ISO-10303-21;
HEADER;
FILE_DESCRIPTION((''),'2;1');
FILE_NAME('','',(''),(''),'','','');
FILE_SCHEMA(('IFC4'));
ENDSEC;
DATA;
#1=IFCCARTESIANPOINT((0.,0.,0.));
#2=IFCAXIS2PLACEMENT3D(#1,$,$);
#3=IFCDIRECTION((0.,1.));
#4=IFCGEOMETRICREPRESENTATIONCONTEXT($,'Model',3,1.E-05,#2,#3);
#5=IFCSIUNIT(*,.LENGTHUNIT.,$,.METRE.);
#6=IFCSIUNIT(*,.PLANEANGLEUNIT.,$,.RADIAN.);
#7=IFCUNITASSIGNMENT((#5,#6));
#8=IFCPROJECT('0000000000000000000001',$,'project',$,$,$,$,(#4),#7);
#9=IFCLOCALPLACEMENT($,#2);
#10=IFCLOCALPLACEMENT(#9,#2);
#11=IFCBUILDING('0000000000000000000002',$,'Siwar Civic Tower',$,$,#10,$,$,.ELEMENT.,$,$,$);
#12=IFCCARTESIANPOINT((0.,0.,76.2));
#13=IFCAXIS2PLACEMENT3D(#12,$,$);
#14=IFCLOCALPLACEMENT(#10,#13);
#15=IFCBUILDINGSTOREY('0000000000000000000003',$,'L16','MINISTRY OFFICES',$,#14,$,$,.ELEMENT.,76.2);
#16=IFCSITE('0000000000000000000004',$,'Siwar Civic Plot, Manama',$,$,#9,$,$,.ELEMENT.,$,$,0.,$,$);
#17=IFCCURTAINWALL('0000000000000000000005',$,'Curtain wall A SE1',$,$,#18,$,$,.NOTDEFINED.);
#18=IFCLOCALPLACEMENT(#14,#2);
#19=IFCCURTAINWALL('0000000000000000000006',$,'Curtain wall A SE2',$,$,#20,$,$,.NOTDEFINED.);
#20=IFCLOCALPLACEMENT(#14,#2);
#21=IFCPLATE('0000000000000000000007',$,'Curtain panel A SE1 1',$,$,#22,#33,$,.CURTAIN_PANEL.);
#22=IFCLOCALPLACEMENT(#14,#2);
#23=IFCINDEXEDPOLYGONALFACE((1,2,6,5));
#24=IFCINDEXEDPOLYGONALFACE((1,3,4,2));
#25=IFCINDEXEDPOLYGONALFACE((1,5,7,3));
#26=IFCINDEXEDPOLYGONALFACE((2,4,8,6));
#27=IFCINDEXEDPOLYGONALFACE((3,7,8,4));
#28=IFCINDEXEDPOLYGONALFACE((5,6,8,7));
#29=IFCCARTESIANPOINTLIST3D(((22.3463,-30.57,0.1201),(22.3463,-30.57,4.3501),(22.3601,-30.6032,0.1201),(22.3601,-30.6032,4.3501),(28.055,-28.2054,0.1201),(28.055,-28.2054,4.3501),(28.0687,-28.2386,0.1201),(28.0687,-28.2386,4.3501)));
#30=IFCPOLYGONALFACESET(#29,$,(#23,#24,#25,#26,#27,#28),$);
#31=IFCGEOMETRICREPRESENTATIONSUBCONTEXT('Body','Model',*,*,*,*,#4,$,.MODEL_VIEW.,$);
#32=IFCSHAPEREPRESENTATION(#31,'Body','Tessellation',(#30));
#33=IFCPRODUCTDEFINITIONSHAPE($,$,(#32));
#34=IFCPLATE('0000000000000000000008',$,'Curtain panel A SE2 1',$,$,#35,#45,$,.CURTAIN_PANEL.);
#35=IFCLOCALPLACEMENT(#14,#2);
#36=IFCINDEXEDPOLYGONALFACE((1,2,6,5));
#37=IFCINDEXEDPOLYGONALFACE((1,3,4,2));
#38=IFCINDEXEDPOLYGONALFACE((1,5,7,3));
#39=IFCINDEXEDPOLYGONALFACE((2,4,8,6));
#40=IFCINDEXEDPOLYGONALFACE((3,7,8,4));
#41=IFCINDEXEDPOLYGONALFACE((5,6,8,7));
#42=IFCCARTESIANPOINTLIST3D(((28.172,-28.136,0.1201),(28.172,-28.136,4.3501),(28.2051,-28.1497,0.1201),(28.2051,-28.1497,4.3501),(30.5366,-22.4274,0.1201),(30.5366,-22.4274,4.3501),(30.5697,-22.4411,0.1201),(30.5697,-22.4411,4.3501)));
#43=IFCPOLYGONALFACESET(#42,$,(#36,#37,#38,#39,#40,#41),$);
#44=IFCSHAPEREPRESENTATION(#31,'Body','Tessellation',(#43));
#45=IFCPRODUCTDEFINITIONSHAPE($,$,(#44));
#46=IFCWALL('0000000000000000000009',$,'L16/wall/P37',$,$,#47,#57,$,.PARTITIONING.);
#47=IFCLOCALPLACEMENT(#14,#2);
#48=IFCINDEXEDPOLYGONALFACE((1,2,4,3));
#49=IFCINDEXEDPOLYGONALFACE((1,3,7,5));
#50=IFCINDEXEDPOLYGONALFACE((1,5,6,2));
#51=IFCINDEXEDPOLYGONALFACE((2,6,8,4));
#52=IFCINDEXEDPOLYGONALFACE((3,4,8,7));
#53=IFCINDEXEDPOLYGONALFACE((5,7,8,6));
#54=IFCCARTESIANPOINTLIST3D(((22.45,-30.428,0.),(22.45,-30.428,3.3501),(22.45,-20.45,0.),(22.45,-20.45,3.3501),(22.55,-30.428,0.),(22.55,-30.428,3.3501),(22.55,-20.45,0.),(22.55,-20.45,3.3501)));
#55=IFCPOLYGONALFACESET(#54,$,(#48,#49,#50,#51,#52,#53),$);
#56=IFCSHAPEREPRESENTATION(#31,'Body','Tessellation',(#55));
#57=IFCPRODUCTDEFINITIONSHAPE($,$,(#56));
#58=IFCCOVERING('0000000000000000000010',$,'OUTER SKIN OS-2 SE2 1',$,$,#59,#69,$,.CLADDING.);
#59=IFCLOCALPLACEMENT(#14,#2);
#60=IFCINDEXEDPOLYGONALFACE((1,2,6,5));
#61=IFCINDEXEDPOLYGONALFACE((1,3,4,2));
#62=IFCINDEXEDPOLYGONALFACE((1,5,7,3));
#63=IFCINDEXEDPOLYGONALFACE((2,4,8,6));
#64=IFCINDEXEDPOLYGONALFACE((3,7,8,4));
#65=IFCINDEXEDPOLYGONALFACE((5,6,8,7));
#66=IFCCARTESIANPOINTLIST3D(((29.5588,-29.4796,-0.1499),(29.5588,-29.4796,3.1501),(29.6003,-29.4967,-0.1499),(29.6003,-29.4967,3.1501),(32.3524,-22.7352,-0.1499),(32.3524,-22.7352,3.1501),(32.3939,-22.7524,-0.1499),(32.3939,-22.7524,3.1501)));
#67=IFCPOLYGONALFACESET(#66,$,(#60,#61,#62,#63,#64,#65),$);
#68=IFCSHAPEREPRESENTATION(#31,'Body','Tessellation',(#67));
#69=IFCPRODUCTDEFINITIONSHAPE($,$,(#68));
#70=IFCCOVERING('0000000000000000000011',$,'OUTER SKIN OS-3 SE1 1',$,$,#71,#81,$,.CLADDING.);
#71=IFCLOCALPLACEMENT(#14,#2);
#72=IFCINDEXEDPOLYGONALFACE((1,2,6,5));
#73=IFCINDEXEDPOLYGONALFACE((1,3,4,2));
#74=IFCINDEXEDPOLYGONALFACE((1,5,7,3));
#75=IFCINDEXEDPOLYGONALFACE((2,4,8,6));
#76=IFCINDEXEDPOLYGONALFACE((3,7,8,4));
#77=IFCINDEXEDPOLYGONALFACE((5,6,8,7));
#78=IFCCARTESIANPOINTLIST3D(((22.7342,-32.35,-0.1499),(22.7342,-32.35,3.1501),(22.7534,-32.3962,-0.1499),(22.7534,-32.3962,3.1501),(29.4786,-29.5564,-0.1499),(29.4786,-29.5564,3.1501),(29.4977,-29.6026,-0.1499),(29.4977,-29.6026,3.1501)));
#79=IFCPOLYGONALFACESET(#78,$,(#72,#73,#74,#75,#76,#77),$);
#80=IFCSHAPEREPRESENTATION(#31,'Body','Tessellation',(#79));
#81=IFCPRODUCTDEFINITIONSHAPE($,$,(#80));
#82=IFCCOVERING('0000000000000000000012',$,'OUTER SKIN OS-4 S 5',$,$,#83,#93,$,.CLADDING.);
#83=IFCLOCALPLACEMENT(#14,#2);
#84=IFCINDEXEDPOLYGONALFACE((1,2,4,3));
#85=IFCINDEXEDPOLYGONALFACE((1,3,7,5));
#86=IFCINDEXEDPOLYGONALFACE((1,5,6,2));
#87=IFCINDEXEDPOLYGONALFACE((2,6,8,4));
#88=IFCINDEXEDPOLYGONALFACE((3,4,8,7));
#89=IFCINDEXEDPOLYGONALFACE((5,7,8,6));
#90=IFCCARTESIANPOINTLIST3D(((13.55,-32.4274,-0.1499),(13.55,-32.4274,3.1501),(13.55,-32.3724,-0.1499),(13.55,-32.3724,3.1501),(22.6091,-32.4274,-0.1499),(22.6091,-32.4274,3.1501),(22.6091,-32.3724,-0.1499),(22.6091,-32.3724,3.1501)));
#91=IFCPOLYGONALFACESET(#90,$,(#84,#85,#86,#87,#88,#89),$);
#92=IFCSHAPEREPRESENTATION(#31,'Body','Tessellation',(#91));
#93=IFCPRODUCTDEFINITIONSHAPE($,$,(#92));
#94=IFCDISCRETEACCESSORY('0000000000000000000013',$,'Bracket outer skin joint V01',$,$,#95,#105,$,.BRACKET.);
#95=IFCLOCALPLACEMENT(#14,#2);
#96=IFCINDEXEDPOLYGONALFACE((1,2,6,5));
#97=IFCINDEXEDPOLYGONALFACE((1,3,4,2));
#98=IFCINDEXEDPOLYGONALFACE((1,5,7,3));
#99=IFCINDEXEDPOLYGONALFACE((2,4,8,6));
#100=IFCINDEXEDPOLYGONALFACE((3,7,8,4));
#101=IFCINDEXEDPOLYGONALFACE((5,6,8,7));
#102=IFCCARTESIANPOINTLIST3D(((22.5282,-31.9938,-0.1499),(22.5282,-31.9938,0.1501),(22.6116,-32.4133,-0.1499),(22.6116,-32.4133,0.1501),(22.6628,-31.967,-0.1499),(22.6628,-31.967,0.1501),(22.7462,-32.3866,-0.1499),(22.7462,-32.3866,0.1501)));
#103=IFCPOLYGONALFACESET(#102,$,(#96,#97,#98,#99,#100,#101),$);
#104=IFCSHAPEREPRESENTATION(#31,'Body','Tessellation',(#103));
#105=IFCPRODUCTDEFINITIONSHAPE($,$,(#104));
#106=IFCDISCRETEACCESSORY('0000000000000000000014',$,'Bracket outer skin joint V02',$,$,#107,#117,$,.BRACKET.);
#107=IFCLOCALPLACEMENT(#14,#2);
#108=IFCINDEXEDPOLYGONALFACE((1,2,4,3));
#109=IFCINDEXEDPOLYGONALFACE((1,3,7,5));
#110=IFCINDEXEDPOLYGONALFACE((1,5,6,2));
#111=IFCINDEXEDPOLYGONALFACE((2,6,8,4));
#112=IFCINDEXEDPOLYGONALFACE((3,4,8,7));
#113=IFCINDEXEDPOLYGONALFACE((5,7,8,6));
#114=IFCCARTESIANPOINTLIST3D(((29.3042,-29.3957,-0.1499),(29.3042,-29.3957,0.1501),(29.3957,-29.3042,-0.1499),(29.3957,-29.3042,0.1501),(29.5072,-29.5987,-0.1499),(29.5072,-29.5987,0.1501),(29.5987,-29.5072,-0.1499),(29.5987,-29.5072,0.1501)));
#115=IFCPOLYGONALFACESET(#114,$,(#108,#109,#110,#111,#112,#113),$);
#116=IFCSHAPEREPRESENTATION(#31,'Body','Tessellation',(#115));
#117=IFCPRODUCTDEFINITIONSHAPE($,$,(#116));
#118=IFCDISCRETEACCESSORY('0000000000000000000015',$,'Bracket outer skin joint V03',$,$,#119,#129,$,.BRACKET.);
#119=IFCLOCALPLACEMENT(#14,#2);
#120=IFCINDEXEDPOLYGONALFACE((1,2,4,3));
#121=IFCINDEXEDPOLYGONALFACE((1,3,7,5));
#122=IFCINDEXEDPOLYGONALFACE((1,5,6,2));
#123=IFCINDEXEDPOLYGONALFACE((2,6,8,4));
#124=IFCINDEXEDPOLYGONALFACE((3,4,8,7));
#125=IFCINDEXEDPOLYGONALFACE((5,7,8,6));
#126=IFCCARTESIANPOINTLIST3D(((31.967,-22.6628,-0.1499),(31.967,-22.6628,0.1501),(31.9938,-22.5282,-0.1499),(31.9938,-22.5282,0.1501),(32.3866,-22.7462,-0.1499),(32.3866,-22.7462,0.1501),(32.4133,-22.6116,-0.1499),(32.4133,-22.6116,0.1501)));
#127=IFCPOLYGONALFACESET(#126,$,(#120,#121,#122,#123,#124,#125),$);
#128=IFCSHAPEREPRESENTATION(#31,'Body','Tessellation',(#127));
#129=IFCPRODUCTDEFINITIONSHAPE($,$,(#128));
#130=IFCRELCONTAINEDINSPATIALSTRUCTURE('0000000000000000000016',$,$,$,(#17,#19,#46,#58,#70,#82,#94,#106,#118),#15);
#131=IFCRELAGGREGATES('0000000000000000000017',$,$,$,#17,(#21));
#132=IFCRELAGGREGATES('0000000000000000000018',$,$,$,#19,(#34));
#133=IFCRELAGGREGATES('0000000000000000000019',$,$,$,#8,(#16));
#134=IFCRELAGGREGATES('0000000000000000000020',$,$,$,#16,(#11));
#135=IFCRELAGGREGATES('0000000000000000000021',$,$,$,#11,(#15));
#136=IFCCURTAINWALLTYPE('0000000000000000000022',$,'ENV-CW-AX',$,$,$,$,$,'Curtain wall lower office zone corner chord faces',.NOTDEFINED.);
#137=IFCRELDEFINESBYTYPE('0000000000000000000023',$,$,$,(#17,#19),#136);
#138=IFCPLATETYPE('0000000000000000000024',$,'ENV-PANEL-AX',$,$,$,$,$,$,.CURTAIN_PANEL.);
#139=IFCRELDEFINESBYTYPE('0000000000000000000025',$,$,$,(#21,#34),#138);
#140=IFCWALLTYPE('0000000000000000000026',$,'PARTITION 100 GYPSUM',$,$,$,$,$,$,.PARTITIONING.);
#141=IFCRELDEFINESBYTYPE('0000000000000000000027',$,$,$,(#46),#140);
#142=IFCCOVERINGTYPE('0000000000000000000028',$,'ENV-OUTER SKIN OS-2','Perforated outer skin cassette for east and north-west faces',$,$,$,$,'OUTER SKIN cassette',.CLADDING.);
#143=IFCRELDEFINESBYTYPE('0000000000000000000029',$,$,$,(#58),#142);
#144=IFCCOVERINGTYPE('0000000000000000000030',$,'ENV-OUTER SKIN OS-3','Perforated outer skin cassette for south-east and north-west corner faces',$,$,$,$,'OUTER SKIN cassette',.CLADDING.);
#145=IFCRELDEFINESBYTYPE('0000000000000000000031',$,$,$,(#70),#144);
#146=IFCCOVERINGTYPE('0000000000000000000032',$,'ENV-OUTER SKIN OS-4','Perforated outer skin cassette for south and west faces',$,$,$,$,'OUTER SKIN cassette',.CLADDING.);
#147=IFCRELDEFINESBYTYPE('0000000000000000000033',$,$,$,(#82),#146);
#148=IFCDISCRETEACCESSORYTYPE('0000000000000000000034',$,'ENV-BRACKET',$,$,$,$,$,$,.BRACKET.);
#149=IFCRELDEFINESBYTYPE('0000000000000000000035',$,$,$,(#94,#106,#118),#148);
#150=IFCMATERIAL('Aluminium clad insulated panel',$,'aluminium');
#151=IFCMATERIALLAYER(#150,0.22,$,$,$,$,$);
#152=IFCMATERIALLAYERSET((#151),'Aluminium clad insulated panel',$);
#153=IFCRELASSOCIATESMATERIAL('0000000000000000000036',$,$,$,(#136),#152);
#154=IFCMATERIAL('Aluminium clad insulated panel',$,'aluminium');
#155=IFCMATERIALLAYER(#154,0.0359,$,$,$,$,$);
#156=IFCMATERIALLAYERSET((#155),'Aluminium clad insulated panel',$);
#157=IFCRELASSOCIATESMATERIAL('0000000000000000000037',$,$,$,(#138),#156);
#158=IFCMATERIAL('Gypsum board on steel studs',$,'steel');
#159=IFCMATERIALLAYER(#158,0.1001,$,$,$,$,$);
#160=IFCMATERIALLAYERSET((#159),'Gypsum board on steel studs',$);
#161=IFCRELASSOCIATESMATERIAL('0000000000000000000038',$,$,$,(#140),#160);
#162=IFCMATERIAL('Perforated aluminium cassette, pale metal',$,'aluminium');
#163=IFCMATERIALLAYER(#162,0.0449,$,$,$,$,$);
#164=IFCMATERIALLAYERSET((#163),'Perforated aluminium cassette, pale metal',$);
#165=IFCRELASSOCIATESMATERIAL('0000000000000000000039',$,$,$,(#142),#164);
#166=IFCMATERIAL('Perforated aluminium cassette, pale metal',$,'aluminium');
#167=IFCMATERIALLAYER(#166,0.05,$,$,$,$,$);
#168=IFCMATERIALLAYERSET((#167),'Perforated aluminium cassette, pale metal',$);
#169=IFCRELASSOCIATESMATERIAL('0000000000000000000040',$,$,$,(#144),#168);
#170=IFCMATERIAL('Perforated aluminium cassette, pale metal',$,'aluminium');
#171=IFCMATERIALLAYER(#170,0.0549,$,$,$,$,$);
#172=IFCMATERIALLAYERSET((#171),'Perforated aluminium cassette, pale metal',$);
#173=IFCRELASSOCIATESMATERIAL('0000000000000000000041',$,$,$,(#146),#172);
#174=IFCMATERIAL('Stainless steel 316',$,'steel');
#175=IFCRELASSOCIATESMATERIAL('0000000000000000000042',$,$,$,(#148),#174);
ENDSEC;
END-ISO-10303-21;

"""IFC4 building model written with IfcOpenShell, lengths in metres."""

from ifc_helpers import new_model, si_unit, direction, frame, frame_2d, origin, origin_2d, place, context, subcontext, project, spatial, rectangle, extrude, material, layer, layer_set, type_object, element, aggregate, save


model = new_model("IFC4")

# Units and contexts
model_context = context("Model", 3, precision=1e-05, world=origin(), true_north=direction((0.0, 1.0)))
body_context = subcontext(model_context, "Body", "Model", "MODEL_VIEW")
ifc_project = project(units=[si_unit("LENGTHUNIT", "METRE"), si_unit("PLANEANGLEUNIT", "RADIAN")], contexts=[model_context])

# Site, building, storey
site_placement = place(None, origin())
site = spatial("IfcSite", under=ifc_project, at=site_placement, Name="Siwar Civic Plot, Manama", CompositionType="ELEMENT", RefElevation=0.0)
building_placement = place(site_placement, origin())
building = spatial("IfcBuilding", under=site, at=building_placement, Name="Siwar Civic Tower", CompositionType="ELEMENT")
storey_placement = place(building_placement, frame((0.0, 0.0, 76.2)))
storey = spatial("IfcBuildingStorey", under=building, at=storey_placement, Name="L16", Description="MINISTRY OFFICES", CompositionType="ELEMENT", Elevation=76.2)

# Curtain walls
ifc_material_1 = material(Name="Aluminium clad insulated panel", Category="aluminium")
ifc_layer_1 = layer(ifc_material_1, 0.22)
ifc_layer_set_1 = layer_set([ifc_layer_1], Name="Aluminium clad insulated panel")
curtain_wall_type_1 = type_object("IfcCurtainWallType", Name="ENV-CW-AX", ElementType="Curtain wall lower office zone corner chord faces", PredefinedType="NOTDEFINED", material=ifc_layer_set_1)
curtain_wall_1_placement = place(storey_placement, origin())
curtain_wall_1 = element("IfcCurtainWall", 1, at=curtain_wall_1_placement, inside=storey, type_object=curtain_wall_type_1, Name="Curtain wall A SE1", PredefinedType="NOTDEFINED")
curtain_wall_2_placement = place(storey_placement, origin())
curtain_wall_2 = element("IfcCurtainWall", 2, at=curtain_wall_2_placement, inside=storey, type_object=curtain_wall_type_1, Name="Curtain wall A SE2", PredefinedType="NOTDEFINED")

# Plates
ifc_material_2 = material(Name="Aluminium clad insulated panel", Category="aluminium")
ifc_layer_2 = layer(ifc_material_2, 0.0359)
ifc_layer_set_2 = layer_set([ifc_layer_2], Name="Aluminium clad insulated panel")
plate_type_1 = type_object("IfcPlateType", Name="ENV-PANEL-AX", PredefinedType="CURTAIN_PANEL", material=ifc_layer_set_2)
plate_1_placement = place(storey_placement, frame((25.2075, -29.4043, 0.1201), z_axis=(0.0, 0.0, 1.0), x_axis=(0.92388, 0.382683, 0.0)))
plate_1 = element("IfcPlate", 3, at=plate_1_placement, type_object=plate_type_1, Name="Curtain panel A SE1 1", PredefinedType="CURTAIN_PANEL", context=body_context, shape_type="SweptSolid", body=[
    extrude(rectangle(XDim=6.179, YDim=0.0359, at=origin_2d()), origin(), (0.0, 0.0, 1.0), 4.23),
])
aggregate(curtain_wall_1, [plate_1])
plate_2_placement = place(storey_placement, frame((29.3708, -25.2886, 0.1201), z_axis=(0.0, 0.0, 1.0), x_axis=(0.382683, 0.92388, 0.0)))
plate_2 = element("IfcPlate", 4, at=plate_2_placement, type_object=plate_type_1, Name="Curtain panel A SE2 1", PredefinedType="CURTAIN_PANEL", context=body_context, shape_type="SweptSolid", body=[
    extrude(rectangle(XDim=6.179, YDim=0.0359, at=origin_2d()), origin(), (0.0, 0.0, 1.0), 4.23),
])
aggregate(curtain_wall_2, [plate_2])

# Wall
ifc_material_3 = material(Name="Gypsum board on steel studs", Category="steel")
ifc_layer_3 = layer(ifc_material_3, 0.1001)
ifc_layer_set_3 = layer_set([ifc_layer_3], Name="Gypsum board on steel studs")
wall_type = type_object("IfcWallType", Name="PARTITION 100 GYPSUM", PredefinedType="PARTITIONING", material=ifc_layer_set_3)
wall_placement = place(storey_placement, frame((22.5, -30.428, 0.0), z_axis=(0.0, 0.0, 1.0), x_axis=(0.0, 1.0, 0.0)))
element("IfcWall", 5, at=wall_placement, inside=storey, type_object=wall_type, Name="L16/wall/P37", PredefinedType="PARTITIONING", context=body_context, shape_type="SweptSolid", body=[
    extrude(rectangle(XDim=9.978, YDim=0.1001, at=frame_2d((4.989, 0.0))), origin(), (0.0, 0.0, 1.0), 3.3501),
])

# Coverings
ifc_material_4 = material(Name="Perforated aluminium cassette, pale metal", Category="aluminium")
ifc_layer_4 = layer(ifc_material_4, 0.0449)
ifc_layer_set_4 = layer_set([ifc_layer_4], Name="Perforated aluminium cassette, pale metal")
covering_type_1 = type_object("IfcCoveringType", Name="ENV-OUTER SKIN OS-2", Description="Perforated outer skin cassette for east and north-west faces", ElementType="OUTER SKIN cassette", PredefinedType="CLADDING", material=ifc_layer_set_4)
covering_1_placement = place(storey_placement, frame((30.9763, -26.116, -0.1499), z_axis=(0.0, 0.0, 1.0), x_axis=(0.382683, 0.92388, 0.0)))
element("IfcCovering", 6, at=covering_1_placement, inside=storey, type_object=covering_type_1, Name="OUTER SKIN OS-2 SE2 1", PredefinedType="CLADDING", context=body_context, shape_type="SweptSolid", body=[
    extrude(rectangle(XDim=7.3, YDim=0.0449, at=origin_2d()), origin(), (0.0, 0.0, 1.0), 3.3),
])
ifc_material_5 = material(Name="Perforated aluminium cassette, pale metal", Category="aluminium")
ifc_layer_5 = layer(ifc_material_5, 0.05)
ifc_layer_set_5 = layer_set([ifc_layer_5], Name="Perforated aluminium cassette, pale metal")
covering_type_2 = type_object("IfcCoveringType", Name="ENV-OUTER SKIN OS-3", Description="Perforated outer skin cassette for south-east and north-west corner faces", ElementType="OUTER SKIN cassette", PredefinedType="CLADDING", material=ifc_layer_set_5)
covering_2_placement = place(storey_placement, frame((26.116, -30.9763, -0.1499), z_axis=(0.0, 0.0, 1.0), x_axis=(0.92388, 0.382683, 0.0)))
element("IfcCovering", 7, at=covering_2_placement, inside=storey, type_object=covering_type_2, Name="OUTER SKIN OS-3 SE1 1", PredefinedType="CLADDING", context=body_context, shape_type="SweptSolid", body=[
    extrude(rectangle(XDim=7.3, YDim=0.05, at=origin_2d()), origin(), (0.0, 0.0, 1.0), 3.3),
])
ifc_material_6 = material(Name="Perforated aluminium cassette, pale metal", Category="aluminium")
ifc_layer_6 = layer(ifc_material_6, 0.0549)
ifc_layer_set_6 = layer_set([ifc_layer_6], Name="Perforated aluminium cassette, pale metal")
covering_type_3 = type_object("IfcCoveringType", Name="ENV-OUTER SKIN OS-4", Description="Perforated outer skin cassette for south and west faces", ElementType="OUTER SKIN cassette", PredefinedType="CLADDING", material=ifc_layer_set_6)
covering_3_placement = place(storey_placement, frame((18.0796, -32.3999, -0.1499), z_axis=(0.0, 0.0, 1.0), x_axis=(1.0, 0.0, 0.0)))
element("IfcCovering", 8, at=covering_3_placement, inside=storey, type_object=covering_type_3, Name="OUTER SKIN OS-4 S 5", PredefinedType="CLADDING", context=body_context, shape_type="SweptSolid", body=[
    extrude(rectangle(XDim=9.0591, YDim=0.0549, at=origin_2d()), origin(), (0.0, 0.0, 1.0), 3.3),
])

# Discrete accessories
ifc_material_7 = material(Name="Stainless steel 316", Category="steel")
discrete_accessory_type = type_object("IfcDiscreteAccessoryType", Name="ENV-BRACKET", PredefinedType="BRACKET", material=ifc_material_7)
discrete_accessory_1_placement = place(storey_placement, frame((22.6372, -32.1902, -0.1499), z_axis=(0.0, 0.0, 1.0), x_axis=(0.19509, -0.980785, 0.0)))
element("IfcDiscreteAccessory", 9, at=discrete_accessory_1_placement, inside=storey, type_object=discrete_accessory_type, Name="Bracket outer skin joint V01", PredefinedType="BRACKET", context=body_context, shape_type="SweptSolid", body=[
    extrude(rectangle(XDim=0.4277, YDim=0.1372, at=origin_2d()), origin(), (0.0, 0.0, 1.0), 0.3),
])
discrete_accessory_2_placement = place(storey_placement, frame((29.4514, -29.4514, -0.1499), z_axis=(0.0, 0.0, 1.0), x_axis=(0.707107, -0.707107, 0.0)))
element("IfcDiscreteAccessory", 10, at=discrete_accessory_2_placement, inside=storey, type_object=discrete_accessory_type, Name="Bracket outer skin joint V02", PredefinedType="BRACKET", context=body_context, shape_type="SweptSolid", body=[
    extrude(rectangle(XDim=0.2871, YDim=0.1294, at=origin_2d()), origin(), (0.0, 0.0, 1.0), 0.3),
])
discrete_accessory_3_placement = place(storey_placement, frame((32.1902, -22.6372, -0.1499), z_axis=(0.0, 0.0, 1.0), x_axis=(0.980785, -0.19509, 0.0)))
element("IfcDiscreteAccessory", 11, at=discrete_accessory_3_placement, inside=storey, type_object=discrete_accessory_type, Name="Bracket outer skin joint V03", PredefinedType="BRACKET", context=body_context, shape_type="SweptSolid", body=[
    extrude(rectangle(XDim=0.4277, YDim=0.1372, at=origin_2d()), origin(), (0.0, 0.0, 1.0), 0.3),
])

save(model, "model.ifc")
